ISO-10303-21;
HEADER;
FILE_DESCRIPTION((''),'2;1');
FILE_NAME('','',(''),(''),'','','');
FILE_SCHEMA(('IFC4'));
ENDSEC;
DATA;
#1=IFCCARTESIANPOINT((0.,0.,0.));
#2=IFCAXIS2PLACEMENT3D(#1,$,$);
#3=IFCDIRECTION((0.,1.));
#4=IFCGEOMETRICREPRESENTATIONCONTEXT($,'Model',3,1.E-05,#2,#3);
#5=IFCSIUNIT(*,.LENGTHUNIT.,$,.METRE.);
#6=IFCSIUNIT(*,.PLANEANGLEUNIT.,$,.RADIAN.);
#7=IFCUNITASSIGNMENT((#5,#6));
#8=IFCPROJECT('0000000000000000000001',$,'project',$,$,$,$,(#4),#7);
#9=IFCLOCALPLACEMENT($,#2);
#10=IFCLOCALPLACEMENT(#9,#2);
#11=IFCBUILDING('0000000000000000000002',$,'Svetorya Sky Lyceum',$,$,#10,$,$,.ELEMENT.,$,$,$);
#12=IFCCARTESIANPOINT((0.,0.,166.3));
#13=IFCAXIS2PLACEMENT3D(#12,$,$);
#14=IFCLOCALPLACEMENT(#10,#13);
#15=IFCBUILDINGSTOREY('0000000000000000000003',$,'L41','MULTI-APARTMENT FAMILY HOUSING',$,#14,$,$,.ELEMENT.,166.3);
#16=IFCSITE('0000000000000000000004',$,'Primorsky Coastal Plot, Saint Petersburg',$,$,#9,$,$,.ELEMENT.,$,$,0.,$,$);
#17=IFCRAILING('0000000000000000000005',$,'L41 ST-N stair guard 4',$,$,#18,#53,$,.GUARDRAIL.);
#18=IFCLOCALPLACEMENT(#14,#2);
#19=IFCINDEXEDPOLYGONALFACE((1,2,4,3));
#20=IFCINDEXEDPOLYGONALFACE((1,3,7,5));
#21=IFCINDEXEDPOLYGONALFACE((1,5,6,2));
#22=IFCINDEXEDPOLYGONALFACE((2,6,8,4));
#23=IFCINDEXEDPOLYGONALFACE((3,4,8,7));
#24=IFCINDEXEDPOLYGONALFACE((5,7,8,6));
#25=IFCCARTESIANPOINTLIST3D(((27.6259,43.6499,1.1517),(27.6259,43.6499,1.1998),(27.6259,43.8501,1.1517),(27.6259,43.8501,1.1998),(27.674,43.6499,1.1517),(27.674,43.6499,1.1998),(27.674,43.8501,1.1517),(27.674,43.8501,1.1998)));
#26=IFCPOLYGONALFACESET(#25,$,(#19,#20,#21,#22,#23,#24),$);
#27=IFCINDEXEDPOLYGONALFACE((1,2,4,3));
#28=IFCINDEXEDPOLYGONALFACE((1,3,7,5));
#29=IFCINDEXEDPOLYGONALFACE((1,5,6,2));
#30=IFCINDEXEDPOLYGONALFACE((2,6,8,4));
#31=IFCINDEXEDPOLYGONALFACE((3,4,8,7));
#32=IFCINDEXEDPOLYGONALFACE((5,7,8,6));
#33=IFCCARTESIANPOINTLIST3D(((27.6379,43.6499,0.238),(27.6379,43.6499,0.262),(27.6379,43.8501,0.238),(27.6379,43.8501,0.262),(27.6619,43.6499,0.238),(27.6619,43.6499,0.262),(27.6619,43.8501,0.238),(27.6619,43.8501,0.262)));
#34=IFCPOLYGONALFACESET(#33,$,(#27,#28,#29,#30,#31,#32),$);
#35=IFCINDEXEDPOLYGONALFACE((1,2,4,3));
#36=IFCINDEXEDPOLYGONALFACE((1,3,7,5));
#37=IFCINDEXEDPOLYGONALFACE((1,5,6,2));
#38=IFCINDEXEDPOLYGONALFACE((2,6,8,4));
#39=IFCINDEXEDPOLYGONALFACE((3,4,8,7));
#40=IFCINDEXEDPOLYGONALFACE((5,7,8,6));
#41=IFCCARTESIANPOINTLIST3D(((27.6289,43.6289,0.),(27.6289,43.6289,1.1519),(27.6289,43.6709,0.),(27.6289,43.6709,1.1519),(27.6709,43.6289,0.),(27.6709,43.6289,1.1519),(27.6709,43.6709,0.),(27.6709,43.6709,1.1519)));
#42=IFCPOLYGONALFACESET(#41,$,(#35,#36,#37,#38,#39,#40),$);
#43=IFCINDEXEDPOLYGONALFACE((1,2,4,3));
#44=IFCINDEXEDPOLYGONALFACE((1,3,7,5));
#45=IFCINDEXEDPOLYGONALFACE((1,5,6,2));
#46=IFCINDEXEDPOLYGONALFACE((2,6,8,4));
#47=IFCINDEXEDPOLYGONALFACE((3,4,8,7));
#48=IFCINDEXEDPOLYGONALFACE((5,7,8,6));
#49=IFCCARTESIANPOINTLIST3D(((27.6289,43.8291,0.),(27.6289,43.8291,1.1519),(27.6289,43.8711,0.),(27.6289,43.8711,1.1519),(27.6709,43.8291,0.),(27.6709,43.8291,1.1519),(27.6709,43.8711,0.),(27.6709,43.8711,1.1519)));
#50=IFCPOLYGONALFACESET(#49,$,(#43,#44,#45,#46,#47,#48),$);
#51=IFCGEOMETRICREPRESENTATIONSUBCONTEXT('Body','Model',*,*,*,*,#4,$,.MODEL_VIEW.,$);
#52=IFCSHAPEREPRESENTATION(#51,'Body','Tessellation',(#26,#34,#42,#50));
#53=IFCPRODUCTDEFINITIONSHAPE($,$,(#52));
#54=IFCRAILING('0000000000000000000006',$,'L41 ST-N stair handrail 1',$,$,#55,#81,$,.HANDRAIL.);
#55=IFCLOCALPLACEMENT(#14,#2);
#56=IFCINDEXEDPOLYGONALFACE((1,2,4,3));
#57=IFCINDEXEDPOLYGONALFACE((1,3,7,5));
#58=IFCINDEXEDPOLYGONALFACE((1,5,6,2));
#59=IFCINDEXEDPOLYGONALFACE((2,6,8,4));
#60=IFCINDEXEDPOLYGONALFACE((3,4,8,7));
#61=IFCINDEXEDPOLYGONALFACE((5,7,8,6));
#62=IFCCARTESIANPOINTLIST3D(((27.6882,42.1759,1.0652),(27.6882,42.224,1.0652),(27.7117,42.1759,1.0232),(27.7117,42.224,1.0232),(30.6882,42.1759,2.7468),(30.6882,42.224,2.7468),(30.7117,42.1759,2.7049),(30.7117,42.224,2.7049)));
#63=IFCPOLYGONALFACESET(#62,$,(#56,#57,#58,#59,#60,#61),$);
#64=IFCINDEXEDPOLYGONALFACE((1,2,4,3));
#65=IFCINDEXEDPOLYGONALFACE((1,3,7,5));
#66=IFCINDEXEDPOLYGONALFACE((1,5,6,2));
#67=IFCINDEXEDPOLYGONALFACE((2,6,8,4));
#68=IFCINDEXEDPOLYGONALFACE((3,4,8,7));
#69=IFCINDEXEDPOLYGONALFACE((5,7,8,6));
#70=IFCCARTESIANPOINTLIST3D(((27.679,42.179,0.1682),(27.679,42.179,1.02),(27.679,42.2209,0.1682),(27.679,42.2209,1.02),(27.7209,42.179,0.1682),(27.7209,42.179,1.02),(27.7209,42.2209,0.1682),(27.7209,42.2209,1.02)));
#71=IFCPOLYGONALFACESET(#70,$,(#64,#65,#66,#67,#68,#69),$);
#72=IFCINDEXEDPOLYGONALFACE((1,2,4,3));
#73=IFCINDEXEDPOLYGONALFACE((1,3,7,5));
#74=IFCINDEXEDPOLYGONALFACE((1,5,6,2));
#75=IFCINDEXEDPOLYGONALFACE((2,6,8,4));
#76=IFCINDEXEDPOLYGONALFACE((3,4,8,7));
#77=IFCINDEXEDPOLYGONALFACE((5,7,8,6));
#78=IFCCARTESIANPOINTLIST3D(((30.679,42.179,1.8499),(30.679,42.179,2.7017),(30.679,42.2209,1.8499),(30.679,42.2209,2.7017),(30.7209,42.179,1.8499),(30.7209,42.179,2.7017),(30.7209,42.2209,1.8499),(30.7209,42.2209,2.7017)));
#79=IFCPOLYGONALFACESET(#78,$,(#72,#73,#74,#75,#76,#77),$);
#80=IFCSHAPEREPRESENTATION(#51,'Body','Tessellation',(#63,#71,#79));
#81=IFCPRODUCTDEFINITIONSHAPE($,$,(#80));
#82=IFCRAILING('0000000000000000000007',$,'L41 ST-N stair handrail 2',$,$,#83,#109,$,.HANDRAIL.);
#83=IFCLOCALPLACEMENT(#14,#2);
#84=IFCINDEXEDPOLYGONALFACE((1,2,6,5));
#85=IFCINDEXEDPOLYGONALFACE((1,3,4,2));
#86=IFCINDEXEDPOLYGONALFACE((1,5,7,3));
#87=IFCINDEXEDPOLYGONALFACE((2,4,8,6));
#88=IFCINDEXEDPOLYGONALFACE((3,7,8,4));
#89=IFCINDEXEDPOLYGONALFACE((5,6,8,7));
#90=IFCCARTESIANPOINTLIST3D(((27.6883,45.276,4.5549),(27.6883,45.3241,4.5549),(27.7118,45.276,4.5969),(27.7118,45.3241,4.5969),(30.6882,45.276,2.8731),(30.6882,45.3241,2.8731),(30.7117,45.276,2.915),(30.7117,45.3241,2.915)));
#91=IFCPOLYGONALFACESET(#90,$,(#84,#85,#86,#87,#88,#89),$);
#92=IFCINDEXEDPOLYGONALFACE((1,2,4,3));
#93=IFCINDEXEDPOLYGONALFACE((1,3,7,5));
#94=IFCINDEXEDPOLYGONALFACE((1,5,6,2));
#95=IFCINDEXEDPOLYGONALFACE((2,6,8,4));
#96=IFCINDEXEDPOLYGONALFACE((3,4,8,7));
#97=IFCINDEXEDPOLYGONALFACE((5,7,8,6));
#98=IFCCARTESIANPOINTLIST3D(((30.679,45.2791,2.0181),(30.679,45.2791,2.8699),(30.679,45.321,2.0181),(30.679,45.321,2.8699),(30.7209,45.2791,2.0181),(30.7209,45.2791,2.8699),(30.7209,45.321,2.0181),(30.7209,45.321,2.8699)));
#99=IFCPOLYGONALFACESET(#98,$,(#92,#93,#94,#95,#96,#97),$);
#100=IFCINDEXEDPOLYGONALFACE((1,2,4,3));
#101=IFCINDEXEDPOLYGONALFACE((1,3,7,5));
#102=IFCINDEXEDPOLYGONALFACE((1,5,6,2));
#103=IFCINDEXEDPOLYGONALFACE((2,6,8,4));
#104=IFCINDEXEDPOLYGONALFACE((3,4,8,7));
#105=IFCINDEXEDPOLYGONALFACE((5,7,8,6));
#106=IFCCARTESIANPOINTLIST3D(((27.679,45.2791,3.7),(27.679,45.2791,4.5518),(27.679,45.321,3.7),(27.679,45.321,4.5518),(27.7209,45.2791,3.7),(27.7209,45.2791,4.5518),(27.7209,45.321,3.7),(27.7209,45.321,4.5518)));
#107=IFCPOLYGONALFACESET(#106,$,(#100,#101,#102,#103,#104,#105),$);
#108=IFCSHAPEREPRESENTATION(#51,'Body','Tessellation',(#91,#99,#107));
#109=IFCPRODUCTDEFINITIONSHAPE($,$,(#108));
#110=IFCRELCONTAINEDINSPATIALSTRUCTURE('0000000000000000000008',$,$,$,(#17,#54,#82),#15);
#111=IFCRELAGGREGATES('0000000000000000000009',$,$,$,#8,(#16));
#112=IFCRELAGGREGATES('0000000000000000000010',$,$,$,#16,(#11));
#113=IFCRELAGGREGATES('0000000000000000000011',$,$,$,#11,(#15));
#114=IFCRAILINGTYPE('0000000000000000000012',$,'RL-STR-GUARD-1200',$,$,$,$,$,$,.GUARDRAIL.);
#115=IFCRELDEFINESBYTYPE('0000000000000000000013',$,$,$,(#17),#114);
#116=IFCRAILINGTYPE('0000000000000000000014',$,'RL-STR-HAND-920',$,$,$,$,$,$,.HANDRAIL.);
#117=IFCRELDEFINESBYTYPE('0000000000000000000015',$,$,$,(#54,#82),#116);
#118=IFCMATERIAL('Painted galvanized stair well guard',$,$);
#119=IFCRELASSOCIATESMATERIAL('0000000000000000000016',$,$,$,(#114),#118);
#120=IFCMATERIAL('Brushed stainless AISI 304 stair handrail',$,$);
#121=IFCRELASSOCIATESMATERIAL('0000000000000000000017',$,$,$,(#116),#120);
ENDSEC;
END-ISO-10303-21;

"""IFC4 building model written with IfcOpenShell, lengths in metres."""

from ifc_helpers import new_model, si_unit, direction, frame, origin, origin_2d, place, context, subcontext, project, spatial, rectangle, extrude, material, type_object, element, save


model = new_model("IFC4")

# Units and contexts
model_context = context("Model", 3, precision=1e-05, world=origin(), true_north=direction((0.0, 1.0)))
body_context = subcontext(model_context, "Body", "Model", "MODEL_VIEW")
ifc_project = project(units=[si_unit("LENGTHUNIT", "METRE"), si_unit("PLANEANGLEUNIT", "RADIAN")], contexts=[model_context])

# Site, building, storey
site_placement = place(None, origin())
site = spatial("IfcSite", under=ifc_project, at=site_placement, Name="Primorsky Coastal Plot, Saint Petersburg", CompositionType="ELEMENT", RefElevation=0.0)
building_placement = place(site_placement, origin())
building = spatial("IfcBuilding", under=site, at=building_placement, Name="Svetorya Sky Lyceum", CompositionType="ELEMENT")
storey_placement = place(building_placement, frame((0.0, 0.0, 166.3)))
storey = spatial("IfcBuildingStorey", under=building, at=storey_placement, Name="L41", Description="MULTI-APARTMENT FAMILY HOUSING", CompositionType="ELEMENT", Elevation=166.3)

# Railings
ifc_material_1 = material(Name="Painted galvanized stair well guard")
railing_type_1 = type_object("IfcRailingType", Name="RL-STR-GUARD-1200", PredefinedType="GUARDRAIL", material=ifc_material_1)
railing_1_placement = place(storey_placement, frame((27.6499, 43.6499, 0.0)))
element("IfcRailing", 1, at=railing_1_placement, inside=storey, type_object=railing_type_1, Name="L41 ST-N stair guard 4", PredefinedType="GUARDRAIL", context=body_context, shape_type="SweptSolid", body=[
    extrude(rectangle(XDim=0.0481, YDim=0.0481, at=origin_2d()), frame((0.0, 0.0, 1.1758), z_axis=(0.0, 1.0, 0.0), x_axis=(-1.0, 0.0, 0.0)), (0.0, 0.0, 1.0), 0.2002),
    extrude(rectangle(XDim=0.0239, YDim=0.0239, at=origin_2d()), frame((0.0, 0.0, 0.25), z_axis=(0.0, 1.0, 0.0), x_axis=(-1.0, 0.0, 0.0)), (0.0, 0.0, 1.0), 0.2002),
    extrude(rectangle(XDim=0.042, YDim=0.042, at=origin_2d()), origin(), (0.0, 0.0, 1.0), 1.1519),
    extrude(rectangle(XDim=0.042, YDim=0.042, at=origin_2d()), frame((0.0, 0.2002, 0.0)), (0.0, 0.0, 1.0), 1.1519),
])
ifc_material_2 = material(Name="Brushed stainless AISI 304 stair handrail")
railing_type_2 = type_object("IfcRailingType", Name="RL-STR-HAND-920", PredefinedType="HANDRAIL", material=ifc_material_2)
railing_2_placement = place(storey_placement, frame((27.7, 42.2, 0.1682)))
element("IfcRailing", 2, at=railing_2_placement, inside=storey, type_object=railing_type_2, Name="L41 ST-N stair handrail 1", PredefinedType="HANDRAIL", context=body_context, shape_type="SweptSolid", body=[
    extrude(rectangle(XDim=0.0481, YDim=0.0481, at=origin_2d()), frame((0.0, 0.0, 0.876), z_axis=(0.872303, 0.0, 0.488966), x_axis=(0.0, 1.0, 0.0)), (0.0, 0.0, 1.0), 3.4392),
    extrude(rectangle(XDim=0.042, YDim=0.042, at=origin_2d()), origin(), (0.0, 0.0, 1.0), 0.8518),
    extrude(rectangle(XDim=0.042, YDim=0.042, at=origin_2d()), frame((3.0, 0.0, 1.6816)), (0.0, 0.0, 1.0), 0.8518),
])
railing_3_placement = place(storey_placement, frame((30.7, 45.3, 2.0181)))
element("IfcRailing", 3, at=railing_3_placement, inside=storey, type_object=railing_type_2, Name="L41 ST-N stair handrail 2", PredefinedType="HANDRAIL", context=body_context, shape_type="SweptSolid", body=[
    extrude(rectangle(XDim=0.0481, YDim=0.0481, at=origin_2d()), frame((0.0, 0.0, 0.876), z_axis=(-0.872272, 0.0, 0.48902), x_axis=(0.0, -1.0, 0.0)), (0.0, 0.0, 1.0), 3.4392),
    extrude(rectangle(XDim=0.042, YDim=0.042, at=origin_2d()), origin(), (0.0, 0.0, 1.0), 0.8518),
    extrude(rectangle(XDim=0.042, YDim=0.042, at=origin_2d()), frame((-3.0, 0.0, 1.6819)), (0.0, 0.0, 1.0), 0.8518),
])

save(model, "model.ifc")
